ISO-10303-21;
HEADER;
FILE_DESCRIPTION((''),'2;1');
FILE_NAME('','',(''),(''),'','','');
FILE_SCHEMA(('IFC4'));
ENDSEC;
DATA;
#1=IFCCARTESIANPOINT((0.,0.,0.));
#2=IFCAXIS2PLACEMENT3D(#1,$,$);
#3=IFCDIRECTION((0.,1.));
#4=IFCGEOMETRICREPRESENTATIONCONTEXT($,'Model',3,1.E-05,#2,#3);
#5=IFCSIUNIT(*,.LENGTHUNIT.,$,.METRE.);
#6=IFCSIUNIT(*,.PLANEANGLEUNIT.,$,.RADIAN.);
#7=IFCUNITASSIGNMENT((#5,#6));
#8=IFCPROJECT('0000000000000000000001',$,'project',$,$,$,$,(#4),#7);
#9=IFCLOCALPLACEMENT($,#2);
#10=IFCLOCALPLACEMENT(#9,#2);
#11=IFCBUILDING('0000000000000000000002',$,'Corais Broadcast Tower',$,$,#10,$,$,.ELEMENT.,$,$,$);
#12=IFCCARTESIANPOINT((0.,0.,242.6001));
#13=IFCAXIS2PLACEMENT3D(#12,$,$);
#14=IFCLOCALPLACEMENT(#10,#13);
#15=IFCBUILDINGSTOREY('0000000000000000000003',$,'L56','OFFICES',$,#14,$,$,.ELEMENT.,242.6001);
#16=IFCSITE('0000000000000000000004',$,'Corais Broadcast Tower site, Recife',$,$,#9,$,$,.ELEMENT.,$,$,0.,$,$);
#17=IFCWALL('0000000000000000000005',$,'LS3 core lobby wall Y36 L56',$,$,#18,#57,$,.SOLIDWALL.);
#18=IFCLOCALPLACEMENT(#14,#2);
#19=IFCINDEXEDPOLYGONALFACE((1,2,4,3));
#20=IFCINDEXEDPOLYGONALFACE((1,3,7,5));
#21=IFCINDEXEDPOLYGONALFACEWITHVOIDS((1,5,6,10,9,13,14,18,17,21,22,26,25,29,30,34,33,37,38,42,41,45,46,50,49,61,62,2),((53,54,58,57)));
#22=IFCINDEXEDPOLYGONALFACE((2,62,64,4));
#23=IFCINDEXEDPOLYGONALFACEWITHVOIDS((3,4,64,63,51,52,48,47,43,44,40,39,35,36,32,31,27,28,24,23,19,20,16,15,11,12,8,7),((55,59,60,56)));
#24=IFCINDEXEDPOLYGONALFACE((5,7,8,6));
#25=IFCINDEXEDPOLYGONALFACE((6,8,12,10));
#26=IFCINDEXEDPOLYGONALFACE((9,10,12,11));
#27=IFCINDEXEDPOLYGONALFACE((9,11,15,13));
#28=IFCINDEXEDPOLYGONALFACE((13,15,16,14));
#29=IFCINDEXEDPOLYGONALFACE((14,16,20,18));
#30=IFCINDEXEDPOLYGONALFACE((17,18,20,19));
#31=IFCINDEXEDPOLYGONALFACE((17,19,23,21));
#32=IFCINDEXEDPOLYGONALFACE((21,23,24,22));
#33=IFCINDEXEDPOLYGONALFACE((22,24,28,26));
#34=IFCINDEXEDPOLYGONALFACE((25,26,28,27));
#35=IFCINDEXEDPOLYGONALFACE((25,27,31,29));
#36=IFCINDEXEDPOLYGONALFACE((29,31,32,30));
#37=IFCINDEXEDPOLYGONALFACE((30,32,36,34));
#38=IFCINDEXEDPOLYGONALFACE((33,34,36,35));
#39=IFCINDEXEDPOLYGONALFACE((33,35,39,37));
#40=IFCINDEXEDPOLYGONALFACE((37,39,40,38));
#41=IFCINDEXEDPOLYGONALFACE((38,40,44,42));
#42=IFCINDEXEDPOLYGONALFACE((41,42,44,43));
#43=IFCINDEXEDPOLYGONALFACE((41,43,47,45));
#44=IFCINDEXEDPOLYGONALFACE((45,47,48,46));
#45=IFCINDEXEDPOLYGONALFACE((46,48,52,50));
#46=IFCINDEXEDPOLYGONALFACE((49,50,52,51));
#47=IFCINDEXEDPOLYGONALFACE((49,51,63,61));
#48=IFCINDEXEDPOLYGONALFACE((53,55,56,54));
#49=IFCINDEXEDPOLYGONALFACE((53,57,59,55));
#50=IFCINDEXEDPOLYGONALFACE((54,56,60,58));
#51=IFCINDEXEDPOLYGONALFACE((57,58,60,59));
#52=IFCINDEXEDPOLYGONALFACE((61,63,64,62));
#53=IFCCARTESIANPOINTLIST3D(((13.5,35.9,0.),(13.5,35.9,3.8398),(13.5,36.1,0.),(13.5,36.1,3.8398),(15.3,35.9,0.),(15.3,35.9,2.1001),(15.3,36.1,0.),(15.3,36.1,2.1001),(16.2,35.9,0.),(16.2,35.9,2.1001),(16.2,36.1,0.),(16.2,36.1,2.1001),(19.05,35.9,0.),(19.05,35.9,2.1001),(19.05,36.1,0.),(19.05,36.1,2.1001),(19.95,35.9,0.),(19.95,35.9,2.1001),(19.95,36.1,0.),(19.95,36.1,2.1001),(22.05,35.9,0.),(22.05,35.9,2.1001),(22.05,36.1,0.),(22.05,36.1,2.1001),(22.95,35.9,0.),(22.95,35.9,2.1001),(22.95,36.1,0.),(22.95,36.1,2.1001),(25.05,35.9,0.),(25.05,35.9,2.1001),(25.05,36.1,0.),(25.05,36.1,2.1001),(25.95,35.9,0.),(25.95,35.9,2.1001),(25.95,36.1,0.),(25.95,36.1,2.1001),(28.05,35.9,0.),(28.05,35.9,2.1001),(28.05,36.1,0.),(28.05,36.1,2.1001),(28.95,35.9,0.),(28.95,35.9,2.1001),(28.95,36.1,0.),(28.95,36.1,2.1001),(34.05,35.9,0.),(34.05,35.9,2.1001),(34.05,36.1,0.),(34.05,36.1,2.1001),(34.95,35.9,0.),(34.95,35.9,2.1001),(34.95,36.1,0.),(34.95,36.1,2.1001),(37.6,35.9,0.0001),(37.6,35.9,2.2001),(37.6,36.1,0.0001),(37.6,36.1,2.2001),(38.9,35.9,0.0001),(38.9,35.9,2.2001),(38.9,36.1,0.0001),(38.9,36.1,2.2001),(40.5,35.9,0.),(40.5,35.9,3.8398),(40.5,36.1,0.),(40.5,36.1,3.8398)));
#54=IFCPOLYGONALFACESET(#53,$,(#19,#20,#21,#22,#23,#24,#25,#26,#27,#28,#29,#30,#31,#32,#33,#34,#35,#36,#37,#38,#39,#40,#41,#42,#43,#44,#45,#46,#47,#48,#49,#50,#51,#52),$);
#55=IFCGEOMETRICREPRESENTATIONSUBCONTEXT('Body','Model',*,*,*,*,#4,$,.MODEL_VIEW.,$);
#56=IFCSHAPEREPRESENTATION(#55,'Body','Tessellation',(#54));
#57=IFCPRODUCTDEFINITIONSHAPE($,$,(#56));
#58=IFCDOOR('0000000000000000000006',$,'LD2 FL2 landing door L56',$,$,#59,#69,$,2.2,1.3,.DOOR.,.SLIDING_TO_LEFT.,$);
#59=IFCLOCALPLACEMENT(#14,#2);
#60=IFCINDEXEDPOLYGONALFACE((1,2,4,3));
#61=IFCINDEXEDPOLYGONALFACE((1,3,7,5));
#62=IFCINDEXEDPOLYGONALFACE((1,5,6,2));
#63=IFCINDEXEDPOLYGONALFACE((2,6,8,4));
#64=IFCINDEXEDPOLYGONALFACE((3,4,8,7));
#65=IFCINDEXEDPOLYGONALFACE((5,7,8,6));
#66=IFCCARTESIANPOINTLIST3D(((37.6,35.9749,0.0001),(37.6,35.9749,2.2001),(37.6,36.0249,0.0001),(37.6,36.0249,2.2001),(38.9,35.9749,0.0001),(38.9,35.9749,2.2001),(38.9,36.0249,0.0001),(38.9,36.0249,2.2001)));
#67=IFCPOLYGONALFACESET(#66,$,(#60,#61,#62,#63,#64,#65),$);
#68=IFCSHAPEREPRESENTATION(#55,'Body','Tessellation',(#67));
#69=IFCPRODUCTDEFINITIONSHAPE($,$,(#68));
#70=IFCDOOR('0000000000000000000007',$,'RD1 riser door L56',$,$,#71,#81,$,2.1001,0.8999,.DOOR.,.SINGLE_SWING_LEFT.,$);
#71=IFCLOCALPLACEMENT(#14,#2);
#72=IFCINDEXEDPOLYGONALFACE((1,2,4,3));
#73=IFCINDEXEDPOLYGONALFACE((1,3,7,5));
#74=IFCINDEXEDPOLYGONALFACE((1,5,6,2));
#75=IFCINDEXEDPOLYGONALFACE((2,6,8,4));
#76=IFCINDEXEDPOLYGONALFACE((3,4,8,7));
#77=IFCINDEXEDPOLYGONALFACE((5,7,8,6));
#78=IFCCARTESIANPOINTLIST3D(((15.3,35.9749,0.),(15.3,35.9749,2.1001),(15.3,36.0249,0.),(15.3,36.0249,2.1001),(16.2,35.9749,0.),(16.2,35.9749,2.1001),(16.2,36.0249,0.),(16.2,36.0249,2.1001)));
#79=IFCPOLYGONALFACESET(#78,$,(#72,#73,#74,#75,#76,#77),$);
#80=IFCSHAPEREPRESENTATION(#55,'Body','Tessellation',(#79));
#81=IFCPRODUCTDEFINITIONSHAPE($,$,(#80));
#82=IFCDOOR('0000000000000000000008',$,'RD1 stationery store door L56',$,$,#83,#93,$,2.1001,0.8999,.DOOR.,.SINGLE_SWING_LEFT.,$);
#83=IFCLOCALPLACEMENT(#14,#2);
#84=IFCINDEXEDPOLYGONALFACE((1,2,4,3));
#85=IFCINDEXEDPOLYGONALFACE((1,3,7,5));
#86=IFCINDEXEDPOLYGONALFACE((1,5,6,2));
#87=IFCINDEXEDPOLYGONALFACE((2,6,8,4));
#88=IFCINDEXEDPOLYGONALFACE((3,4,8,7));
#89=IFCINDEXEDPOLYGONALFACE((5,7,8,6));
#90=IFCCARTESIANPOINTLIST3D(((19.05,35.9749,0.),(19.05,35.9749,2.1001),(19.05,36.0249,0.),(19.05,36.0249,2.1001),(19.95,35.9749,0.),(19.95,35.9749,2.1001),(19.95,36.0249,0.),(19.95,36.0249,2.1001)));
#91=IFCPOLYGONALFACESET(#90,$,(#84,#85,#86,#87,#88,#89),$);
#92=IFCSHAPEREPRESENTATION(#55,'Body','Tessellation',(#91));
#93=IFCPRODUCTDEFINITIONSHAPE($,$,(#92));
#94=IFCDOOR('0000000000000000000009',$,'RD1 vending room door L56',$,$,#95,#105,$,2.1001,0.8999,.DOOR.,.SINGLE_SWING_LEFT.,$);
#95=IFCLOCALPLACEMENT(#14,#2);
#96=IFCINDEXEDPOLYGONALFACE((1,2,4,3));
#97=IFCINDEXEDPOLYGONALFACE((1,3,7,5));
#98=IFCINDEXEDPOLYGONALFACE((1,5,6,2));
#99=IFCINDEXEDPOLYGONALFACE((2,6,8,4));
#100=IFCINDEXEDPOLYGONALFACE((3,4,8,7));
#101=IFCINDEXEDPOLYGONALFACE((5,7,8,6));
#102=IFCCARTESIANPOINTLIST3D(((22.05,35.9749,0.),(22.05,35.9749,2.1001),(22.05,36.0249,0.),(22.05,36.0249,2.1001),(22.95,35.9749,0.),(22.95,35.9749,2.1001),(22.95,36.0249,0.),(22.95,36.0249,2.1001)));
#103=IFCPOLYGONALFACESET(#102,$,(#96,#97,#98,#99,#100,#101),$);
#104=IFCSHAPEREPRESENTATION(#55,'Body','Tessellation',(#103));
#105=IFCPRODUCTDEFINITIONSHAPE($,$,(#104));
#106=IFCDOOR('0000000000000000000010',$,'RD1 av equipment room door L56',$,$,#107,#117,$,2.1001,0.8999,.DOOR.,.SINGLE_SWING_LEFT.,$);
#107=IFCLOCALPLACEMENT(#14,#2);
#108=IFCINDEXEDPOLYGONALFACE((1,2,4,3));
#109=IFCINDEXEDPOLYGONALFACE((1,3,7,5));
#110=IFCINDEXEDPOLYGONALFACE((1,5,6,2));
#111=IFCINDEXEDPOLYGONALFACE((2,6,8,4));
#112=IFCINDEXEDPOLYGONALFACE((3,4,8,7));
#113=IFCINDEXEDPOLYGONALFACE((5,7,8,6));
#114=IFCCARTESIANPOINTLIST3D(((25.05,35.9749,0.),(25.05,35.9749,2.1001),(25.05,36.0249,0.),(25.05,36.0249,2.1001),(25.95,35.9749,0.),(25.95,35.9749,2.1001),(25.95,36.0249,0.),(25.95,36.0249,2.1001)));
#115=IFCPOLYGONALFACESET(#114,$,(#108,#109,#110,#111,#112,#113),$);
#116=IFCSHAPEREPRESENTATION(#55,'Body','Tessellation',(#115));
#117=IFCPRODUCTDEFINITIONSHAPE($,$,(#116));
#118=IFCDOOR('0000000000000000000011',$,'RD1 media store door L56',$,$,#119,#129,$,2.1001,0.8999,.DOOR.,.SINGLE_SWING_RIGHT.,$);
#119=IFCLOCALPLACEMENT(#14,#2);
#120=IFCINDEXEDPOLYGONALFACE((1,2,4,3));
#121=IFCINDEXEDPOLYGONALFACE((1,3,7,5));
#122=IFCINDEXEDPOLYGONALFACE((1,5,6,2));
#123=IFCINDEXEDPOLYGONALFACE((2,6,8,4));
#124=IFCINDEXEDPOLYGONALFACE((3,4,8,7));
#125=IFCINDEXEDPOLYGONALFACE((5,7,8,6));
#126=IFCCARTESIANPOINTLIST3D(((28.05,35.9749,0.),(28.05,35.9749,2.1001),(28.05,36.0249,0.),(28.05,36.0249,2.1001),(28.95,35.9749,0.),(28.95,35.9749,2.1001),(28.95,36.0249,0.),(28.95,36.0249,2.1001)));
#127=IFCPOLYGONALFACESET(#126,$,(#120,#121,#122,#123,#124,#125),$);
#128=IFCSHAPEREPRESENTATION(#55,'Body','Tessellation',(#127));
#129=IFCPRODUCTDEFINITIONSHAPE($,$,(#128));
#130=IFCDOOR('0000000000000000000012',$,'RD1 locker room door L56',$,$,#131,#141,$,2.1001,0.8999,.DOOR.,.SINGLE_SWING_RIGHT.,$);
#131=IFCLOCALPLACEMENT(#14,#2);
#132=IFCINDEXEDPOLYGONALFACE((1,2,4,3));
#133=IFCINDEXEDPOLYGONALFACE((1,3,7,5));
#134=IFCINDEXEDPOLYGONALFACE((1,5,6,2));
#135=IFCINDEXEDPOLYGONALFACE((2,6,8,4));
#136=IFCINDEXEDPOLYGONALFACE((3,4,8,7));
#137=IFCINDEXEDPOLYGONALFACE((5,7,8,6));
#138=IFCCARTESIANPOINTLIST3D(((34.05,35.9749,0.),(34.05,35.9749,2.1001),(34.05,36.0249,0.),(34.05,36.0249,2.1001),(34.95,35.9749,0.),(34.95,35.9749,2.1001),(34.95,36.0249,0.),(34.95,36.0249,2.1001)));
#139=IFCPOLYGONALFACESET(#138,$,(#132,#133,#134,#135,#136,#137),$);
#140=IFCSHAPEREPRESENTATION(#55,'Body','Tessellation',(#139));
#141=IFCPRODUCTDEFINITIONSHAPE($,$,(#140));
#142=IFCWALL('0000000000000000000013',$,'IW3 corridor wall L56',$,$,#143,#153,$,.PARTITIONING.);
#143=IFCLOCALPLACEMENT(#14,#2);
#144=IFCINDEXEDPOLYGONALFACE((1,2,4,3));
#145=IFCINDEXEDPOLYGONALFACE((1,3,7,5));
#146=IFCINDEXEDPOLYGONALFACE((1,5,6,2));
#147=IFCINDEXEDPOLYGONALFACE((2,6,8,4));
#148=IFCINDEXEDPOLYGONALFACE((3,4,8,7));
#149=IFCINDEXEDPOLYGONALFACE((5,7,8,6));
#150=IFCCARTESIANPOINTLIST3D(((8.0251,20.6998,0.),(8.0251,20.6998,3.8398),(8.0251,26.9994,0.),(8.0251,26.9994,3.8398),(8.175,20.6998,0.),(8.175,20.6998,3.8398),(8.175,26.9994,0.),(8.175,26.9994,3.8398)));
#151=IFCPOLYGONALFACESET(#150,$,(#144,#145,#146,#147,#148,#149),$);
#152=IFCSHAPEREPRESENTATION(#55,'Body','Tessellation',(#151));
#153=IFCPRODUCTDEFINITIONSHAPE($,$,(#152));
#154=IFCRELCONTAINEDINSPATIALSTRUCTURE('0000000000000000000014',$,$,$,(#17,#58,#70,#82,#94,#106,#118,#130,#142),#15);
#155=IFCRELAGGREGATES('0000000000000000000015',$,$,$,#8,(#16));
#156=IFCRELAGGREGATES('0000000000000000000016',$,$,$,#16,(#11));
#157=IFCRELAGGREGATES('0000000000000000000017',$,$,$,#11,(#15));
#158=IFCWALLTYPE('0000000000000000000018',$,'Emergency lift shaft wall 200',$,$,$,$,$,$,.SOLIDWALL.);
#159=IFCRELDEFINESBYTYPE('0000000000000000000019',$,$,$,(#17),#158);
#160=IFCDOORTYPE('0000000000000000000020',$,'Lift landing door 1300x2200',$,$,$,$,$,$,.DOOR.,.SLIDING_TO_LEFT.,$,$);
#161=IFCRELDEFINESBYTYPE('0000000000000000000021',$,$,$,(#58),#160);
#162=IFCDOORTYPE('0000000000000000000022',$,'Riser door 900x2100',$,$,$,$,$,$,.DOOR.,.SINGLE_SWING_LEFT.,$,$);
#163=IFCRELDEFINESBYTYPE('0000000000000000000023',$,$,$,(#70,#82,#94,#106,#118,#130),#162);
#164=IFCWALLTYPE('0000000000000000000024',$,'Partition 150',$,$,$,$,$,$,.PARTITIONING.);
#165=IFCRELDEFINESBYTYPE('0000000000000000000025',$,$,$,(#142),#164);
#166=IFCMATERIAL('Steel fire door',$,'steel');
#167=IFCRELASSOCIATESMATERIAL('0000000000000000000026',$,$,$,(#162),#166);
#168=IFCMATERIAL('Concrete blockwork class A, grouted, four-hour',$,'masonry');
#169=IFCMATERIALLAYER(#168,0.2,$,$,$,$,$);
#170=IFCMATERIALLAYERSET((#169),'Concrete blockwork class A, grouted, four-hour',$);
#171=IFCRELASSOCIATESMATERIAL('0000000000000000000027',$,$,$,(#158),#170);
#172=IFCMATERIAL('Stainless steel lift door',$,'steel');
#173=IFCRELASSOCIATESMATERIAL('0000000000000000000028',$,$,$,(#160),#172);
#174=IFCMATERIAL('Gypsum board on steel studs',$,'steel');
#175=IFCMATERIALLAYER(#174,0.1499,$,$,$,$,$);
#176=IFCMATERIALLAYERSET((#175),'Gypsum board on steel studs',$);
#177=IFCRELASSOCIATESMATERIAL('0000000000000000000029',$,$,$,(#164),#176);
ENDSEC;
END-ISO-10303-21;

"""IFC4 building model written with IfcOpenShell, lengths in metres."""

from ifc_helpers import new_model, si_unit, direction, frame, frame_2d, origin, place, context, subcontext, project, spatial, rectangle, extrude, material, layer, layer_set, type_object, element, fill, save


model = new_model("IFC4")

# Units and contexts
model_context = context("Model", 3, precision=1e-05, world=origin(), true_north=direction((0.0, 1.0)))
body_context = subcontext(model_context, "Body", "Model", "MODEL_VIEW")
ifc_project = project(units=[si_unit("LENGTHUNIT", "METRE"), si_unit("PLANEANGLEUNIT", "RADIAN")], contexts=[model_context])

# Site, building, storey
site_placement = place(None, origin())
site = spatial("IfcSite", under=ifc_project, at=site_placement, Name="Corais Broadcast Tower site, Recife", CompositionType="ELEMENT", RefElevation=0.0)
building_placement = place(site_placement, origin())
building = spatial("IfcBuilding", under=site, at=building_placement, Name="Corais Broadcast Tower", CompositionType="ELEMENT")
storey_placement = place(building_placement, frame((0.0, 0.0, 242.6001)))
storey = spatial("IfcBuildingStorey", under=building, at=storey_placement, Name="L56", Description="OFFICES", CompositionType="ELEMENT", Elevation=242.6001)

# Wall, openings, doors
ifc_material_1 = material(Name="Steel fire door", Category="steel")
door_type_1 = type_object("IfcDoorType", Name="Riser door 900x2100", OperationType="SINGLE_SWING_LEFT", PredefinedType="DOOR", material=ifc_material_1)
ifc_material_2 = material(Name="Concrete blockwork class A, grouted, four-hour", Category="masonry")
ifc_layer_1 = layer(ifc_material_2, 0.2)
ifc_layer_set_1 = layer_set([ifc_layer_1], Name="Concrete blockwork class A, grouted, four-hour")
wall_type_1 = type_object("IfcWallType", Name="Emergency lift shaft wall 200", PredefinedType="SOLIDWALL", material=ifc_layer_set_1)
wall_1_placement = place(storey_placement, frame((13.5, 36.0, 0.0), z_axis=(0.0, 0.0, 1.0), x_axis=(1.0, 0.0, 0.0)))
wall_1 = element("IfcWall", 1, at=wall_1_placement, inside=storey, type_object=wall_type_1, Name="LS3 core lobby wall Y36 L56", PredefinedType="SOLIDWALL", context=body_context, shape_type="SweptSolid", body=[
    extrude(rectangle(XDim=27.0, YDim=0.2, at=frame_2d((13.5, 0.0))), origin(), (0.0, 0.0, 1.0), 3.8398),
])
opening_1_placement = place(wall_1_placement, frame((1.8, 0.0, 0.0)))
opening_1 = element("IfcOpeningElement", 2, at=opening_1_placement, cuts=wall_1, PredefinedType="OPENING", context=body_context, shape_type="SweptSolid", body=[
    extrude(rectangle(XDim=0.8999, YDim=2.1001, at=frame_2d((0.45, 1.05))), frame((0.0, 0.1099, 0.0), z_axis=(0.0, -1.0, 0.0), x_axis=(1.0, 0.0, 0.0)), (0.0, 0.0, 1.0), 0.22),
])
opening_2_placement = place(wall_1_placement, frame((5.55, 0.0, 0.0)))
opening_2 = element("IfcOpeningElement", 3, at=opening_2_placement, cuts=wall_1, PredefinedType="OPENING", context=body_context, shape_type="SweptSolid", body=[
    extrude(rectangle(XDim=0.8999, YDim=2.1001, at=frame_2d((0.45, 1.05))), frame((0.0, 0.1099, 0.0), z_axis=(0.0, -1.0, 0.0), x_axis=(1.0, 0.0, 0.0)), (0.0, 0.0, 1.0), 0.22),
])
opening_3_placement = place(wall_1_placement, frame((8.55, 0.0, 0.0)))
opening_3 = element("IfcOpeningElement", 4, at=opening_3_placement, cuts=wall_1, PredefinedType="OPENING", context=body_context, shape_type="SweptSolid", body=[
    extrude(rectangle(XDim=0.8999, YDim=2.1001, at=frame_2d((0.45, 1.05))), frame((0.0, 0.1099, 0.0), z_axis=(0.0, -1.0, 0.0), x_axis=(1.0, 0.0, 0.0)), (0.0, 0.0, 1.0), 0.22),
])
opening_4_placement = place(wall_1_placement, frame((11.55, 0.0, 0.0)))
opening_4 = element("IfcOpeningElement", 5, at=opening_4_placement, cuts=wall_1, PredefinedType="OPENING", context=body_context, shape_type="SweptSolid", body=[
    extrude(rectangle(XDim=0.8999, YDim=2.1001, at=frame_2d((0.45, 1.05))), frame((0.0, 0.1099, 0.0), z_axis=(0.0, -1.0, 0.0), x_axis=(1.0, 0.0, 0.0)), (0.0, 0.0, 1.0), 0.22),
])
opening_5_placement = place(wall_1_placement, frame((14.55, 0.0, 0.0)))
opening_5 = element("IfcOpeningElement", 6, at=opening_5_placement, cuts=wall_1, PredefinedType="OPENING", context=body_context, shape_type="SweptSolid", body=[
    extrude(rectangle(XDim=0.8999, YDim=2.1001, at=frame_2d((0.45, 1.05))), frame((0.0, 0.1099, 0.0), z_axis=(0.0, -1.0, 0.0), x_axis=(1.0, 0.0, 0.0)), (0.0, 0.0, 1.0), 0.22),
])
opening_6_placement = place(wall_1_placement, frame((20.55, 0.0, 0.0)))
opening_6 = element("IfcOpeningElement", 7, at=opening_6_placement, cuts=wall_1, PredefinedType="OPENING", context=body_context, shape_type="SweptSolid", body=[
    extrude(rectangle(XDim=0.8999, YDim=2.1001, at=frame_2d((0.45, 1.05))), frame((0.0, 0.1099, 0.0), z_axis=(0.0, -1.0, 0.0), x_axis=(1.0, 0.0, 0.0)), (0.0, 0.0, 1.0), 0.22),
])
opening_7_placement = place(wall_1_placement, frame((24.1001, 0.0, 0.0)))
opening_7 = element("IfcOpeningElement", 8, at=opening_7_placement, cuts=wall_1, PredefinedType="OPENING", context=body_context, shape_type="SweptSolid", body=[
    extrude(rectangle(XDim=1.3, YDim=2.2, at=frame_2d((0.6499, 1.1001))), frame((0.0, 0.1099, 0.0), z_axis=(0.0, -1.0, 0.0), x_axis=(1.0, 0.0, 0.0)), (0.0, 0.0, 1.0), 0.22),
])
ifc_material_3 = material(Name="Stainless steel lift door", Category="steel")
door_type_2 = type_object("IfcDoorType", Name="Lift landing door 1300x2200", OperationType="SLIDING_TO_LEFT", PredefinedType="DOOR", material=ifc_material_3)
door_1_placement = place(opening_7_placement, origin())
door_1 = element("IfcDoor", 9, at=door_1_placement, inside=storey, type_object=door_type_2, Name="LD2 FL2 landing door L56", OperationType="SLIDING_TO_LEFT", OverallHeight=2.2, OverallWidth=1.3, PredefinedType="DOOR", context=body_context, shape_type="SweptSolid", body=[
    extrude(rectangle(XDim=1.3, YDim=2.2, at=frame_2d((0.6499, 1.1001))), frame((0.0, 0.0249, 0.0), z_axis=(0.0, -1.0, 0.0), x_axis=(1.0, 0.0, 0.0)), (0.0, 0.0, 1.0), 0.05),
])
fill(opening_7, door_1)
door_2_placement = place(opening_1_placement, origin())
door_2 = element("IfcDoor", 10, at=door_2_placement, inside=storey, type_object=door_type_1, Name="RD1 riser door L56", OperationType="SINGLE_SWING_LEFT", OverallHeight=2.1001, OverallWidth=0.8999, PredefinedType="DOOR", context=body_context, shape_type="SweptSolid", body=[
    extrude(rectangle(XDim=0.8999, YDim=2.1001, at=frame_2d((0.45, 1.05))), frame((0.0, 0.0249, 0.0), z_axis=(0.0, -1.0, 0.0), x_axis=(1.0, 0.0, 0.0)), (0.0, 0.0, 1.0), 0.05),
])
fill(opening_1, door_2)
door_3_placement = place(opening_2_placement, origin())
door_3 = element("IfcDoor", 11, at=door_3_placement, inside=storey, type_object=door_type_1, Name="RD1 stationery store door L56", OperationType="SINGLE_SWING_LEFT", OverallHeight=2.1001, OverallWidth=0.8999, PredefinedType="DOOR", context=body_context, shape_type="SweptSolid", body=[
    extrude(rectangle(XDim=0.8999, YDim=2.1001, at=frame_2d((0.45, 1.05))), frame((0.0, 0.0249, 0.0), z_axis=(0.0, -1.0, 0.0), x_axis=(1.0, 0.0, 0.0)), (0.0, 0.0, 1.0), 0.05),
])
fill(opening_2, door_3)
door_4_placement = place(opening_3_placement, origin())
door_4 = element("IfcDoor", 12, at=door_4_placement, inside=storey, type_object=door_type_1, Name="RD1 vending room door L56", OperationType="SINGLE_SWING_LEFT", OverallHeight=2.1001, OverallWidth=0.8999, PredefinedType="DOOR", context=body_context, shape_type="SweptSolid", body=[
    extrude(rectangle(XDim=0.8999, YDim=2.1001, at=frame_2d((0.45, 1.05))), frame((0.0, 0.0249, 0.0), z_axis=(0.0, -1.0, 0.0), x_axis=(1.0, 0.0, 0.0)), (0.0, 0.0, 1.0), 0.05),
])
fill(opening_3, door_4)
door_5_placement = place(opening_4_placement, origin())
door_5 = element("IfcDoor", 13, at=door_5_placement, inside=storey, type_object=door_type_1, Name="RD1 av equipment room door L56", OperationType="SINGLE_SWING_LEFT", OverallHeight=2.1001, OverallWidth=0.8999, PredefinedType="DOOR", context=body_context, shape_type="SweptSolid", body=[
    extrude(rectangle(XDim=0.8999, YDim=2.1001, at=frame_2d((0.45, 1.05))), frame((0.0, 0.0249, 0.0), z_axis=(0.0, -1.0, 0.0), x_axis=(1.0, 0.0, 0.0)), (0.0, 0.0, 1.0), 0.05),
])
fill(opening_4, door_5)
door_6_placement = place(opening_5_placement, origin())
door_6 = element("IfcDoor", 14, at=door_6_placement, inside=storey, type_object=door_type_1, Name="RD1 media store door L56", OperationType="SINGLE_SWING_RIGHT", OverallHeight=2.1001, OverallWidth=0.8999, PredefinedType="DOOR", context=body_context, shape_type="SweptSolid", body=[
    extrude(rectangle(XDim=0.8999, YDim=2.1001, at=frame_2d((0.45, 1.05))), frame((0.0, 0.0249, 0.0), z_axis=(0.0, -1.0, 0.0), x_axis=(1.0, 0.0, 0.0)), (0.0, 0.0, 1.0), 0.05),
])
fill(opening_5, door_6)
door_7_placement = place(opening_6_placement, origin())
door_7 = element("IfcDoor", 15, at=door_7_placement, inside=storey, type_object=door_type_1, Name="RD1 locker room door L56", OperationType="SINGLE_SWING_RIGHT", OverallHeight=2.1001, OverallWidth=0.8999, PredefinedType="DOOR", context=body_context, shape_type="SweptSolid", body=[
    extrude(rectangle(XDim=0.8999, YDim=2.1001, at=frame_2d((0.45, 1.05))), frame((0.0, 0.0249, 0.0), z_axis=(0.0, -1.0, 0.0), x_axis=(1.0, 0.0, 0.0)), (0.0, 0.0, 1.0), 0.05),
])
fill(opening_6, door_7)

# Wall
ifc_material_4 = material(Name="Gypsum board on steel studs", Category="steel")
ifc_layer_2 = layer(ifc_material_4, 0.1499)
ifc_layer_set_2 = layer_set([ifc_layer_2], Name="Gypsum board on steel studs")
wall_type_2 = type_object("IfcWallType", Name="Partition 150", PredefinedType="PARTITIONING", material=ifc_layer_set_2)
wall_2_placement = place(storey_placement, frame((8.1001, 26.9995, 0.0), z_axis=(0.0, 0.0, 1.0), x_axis=(0.0, -1.0, 0.0)))
element("IfcWall", 16, at=wall_2_placement, inside=storey, type_object=wall_type_2, Name="IW3 corridor wall L56", PredefinedType="PARTITIONING", context=body_context, shape_type="SweptSolid", body=[
    extrude(rectangle(XDim=6.2996, YDim=0.1499, at=frame_2d((3.1499, 0.0))), origin(), (0.0, 0.0, 1.0), 3.8398),
])

save(model, "model.ifc")
